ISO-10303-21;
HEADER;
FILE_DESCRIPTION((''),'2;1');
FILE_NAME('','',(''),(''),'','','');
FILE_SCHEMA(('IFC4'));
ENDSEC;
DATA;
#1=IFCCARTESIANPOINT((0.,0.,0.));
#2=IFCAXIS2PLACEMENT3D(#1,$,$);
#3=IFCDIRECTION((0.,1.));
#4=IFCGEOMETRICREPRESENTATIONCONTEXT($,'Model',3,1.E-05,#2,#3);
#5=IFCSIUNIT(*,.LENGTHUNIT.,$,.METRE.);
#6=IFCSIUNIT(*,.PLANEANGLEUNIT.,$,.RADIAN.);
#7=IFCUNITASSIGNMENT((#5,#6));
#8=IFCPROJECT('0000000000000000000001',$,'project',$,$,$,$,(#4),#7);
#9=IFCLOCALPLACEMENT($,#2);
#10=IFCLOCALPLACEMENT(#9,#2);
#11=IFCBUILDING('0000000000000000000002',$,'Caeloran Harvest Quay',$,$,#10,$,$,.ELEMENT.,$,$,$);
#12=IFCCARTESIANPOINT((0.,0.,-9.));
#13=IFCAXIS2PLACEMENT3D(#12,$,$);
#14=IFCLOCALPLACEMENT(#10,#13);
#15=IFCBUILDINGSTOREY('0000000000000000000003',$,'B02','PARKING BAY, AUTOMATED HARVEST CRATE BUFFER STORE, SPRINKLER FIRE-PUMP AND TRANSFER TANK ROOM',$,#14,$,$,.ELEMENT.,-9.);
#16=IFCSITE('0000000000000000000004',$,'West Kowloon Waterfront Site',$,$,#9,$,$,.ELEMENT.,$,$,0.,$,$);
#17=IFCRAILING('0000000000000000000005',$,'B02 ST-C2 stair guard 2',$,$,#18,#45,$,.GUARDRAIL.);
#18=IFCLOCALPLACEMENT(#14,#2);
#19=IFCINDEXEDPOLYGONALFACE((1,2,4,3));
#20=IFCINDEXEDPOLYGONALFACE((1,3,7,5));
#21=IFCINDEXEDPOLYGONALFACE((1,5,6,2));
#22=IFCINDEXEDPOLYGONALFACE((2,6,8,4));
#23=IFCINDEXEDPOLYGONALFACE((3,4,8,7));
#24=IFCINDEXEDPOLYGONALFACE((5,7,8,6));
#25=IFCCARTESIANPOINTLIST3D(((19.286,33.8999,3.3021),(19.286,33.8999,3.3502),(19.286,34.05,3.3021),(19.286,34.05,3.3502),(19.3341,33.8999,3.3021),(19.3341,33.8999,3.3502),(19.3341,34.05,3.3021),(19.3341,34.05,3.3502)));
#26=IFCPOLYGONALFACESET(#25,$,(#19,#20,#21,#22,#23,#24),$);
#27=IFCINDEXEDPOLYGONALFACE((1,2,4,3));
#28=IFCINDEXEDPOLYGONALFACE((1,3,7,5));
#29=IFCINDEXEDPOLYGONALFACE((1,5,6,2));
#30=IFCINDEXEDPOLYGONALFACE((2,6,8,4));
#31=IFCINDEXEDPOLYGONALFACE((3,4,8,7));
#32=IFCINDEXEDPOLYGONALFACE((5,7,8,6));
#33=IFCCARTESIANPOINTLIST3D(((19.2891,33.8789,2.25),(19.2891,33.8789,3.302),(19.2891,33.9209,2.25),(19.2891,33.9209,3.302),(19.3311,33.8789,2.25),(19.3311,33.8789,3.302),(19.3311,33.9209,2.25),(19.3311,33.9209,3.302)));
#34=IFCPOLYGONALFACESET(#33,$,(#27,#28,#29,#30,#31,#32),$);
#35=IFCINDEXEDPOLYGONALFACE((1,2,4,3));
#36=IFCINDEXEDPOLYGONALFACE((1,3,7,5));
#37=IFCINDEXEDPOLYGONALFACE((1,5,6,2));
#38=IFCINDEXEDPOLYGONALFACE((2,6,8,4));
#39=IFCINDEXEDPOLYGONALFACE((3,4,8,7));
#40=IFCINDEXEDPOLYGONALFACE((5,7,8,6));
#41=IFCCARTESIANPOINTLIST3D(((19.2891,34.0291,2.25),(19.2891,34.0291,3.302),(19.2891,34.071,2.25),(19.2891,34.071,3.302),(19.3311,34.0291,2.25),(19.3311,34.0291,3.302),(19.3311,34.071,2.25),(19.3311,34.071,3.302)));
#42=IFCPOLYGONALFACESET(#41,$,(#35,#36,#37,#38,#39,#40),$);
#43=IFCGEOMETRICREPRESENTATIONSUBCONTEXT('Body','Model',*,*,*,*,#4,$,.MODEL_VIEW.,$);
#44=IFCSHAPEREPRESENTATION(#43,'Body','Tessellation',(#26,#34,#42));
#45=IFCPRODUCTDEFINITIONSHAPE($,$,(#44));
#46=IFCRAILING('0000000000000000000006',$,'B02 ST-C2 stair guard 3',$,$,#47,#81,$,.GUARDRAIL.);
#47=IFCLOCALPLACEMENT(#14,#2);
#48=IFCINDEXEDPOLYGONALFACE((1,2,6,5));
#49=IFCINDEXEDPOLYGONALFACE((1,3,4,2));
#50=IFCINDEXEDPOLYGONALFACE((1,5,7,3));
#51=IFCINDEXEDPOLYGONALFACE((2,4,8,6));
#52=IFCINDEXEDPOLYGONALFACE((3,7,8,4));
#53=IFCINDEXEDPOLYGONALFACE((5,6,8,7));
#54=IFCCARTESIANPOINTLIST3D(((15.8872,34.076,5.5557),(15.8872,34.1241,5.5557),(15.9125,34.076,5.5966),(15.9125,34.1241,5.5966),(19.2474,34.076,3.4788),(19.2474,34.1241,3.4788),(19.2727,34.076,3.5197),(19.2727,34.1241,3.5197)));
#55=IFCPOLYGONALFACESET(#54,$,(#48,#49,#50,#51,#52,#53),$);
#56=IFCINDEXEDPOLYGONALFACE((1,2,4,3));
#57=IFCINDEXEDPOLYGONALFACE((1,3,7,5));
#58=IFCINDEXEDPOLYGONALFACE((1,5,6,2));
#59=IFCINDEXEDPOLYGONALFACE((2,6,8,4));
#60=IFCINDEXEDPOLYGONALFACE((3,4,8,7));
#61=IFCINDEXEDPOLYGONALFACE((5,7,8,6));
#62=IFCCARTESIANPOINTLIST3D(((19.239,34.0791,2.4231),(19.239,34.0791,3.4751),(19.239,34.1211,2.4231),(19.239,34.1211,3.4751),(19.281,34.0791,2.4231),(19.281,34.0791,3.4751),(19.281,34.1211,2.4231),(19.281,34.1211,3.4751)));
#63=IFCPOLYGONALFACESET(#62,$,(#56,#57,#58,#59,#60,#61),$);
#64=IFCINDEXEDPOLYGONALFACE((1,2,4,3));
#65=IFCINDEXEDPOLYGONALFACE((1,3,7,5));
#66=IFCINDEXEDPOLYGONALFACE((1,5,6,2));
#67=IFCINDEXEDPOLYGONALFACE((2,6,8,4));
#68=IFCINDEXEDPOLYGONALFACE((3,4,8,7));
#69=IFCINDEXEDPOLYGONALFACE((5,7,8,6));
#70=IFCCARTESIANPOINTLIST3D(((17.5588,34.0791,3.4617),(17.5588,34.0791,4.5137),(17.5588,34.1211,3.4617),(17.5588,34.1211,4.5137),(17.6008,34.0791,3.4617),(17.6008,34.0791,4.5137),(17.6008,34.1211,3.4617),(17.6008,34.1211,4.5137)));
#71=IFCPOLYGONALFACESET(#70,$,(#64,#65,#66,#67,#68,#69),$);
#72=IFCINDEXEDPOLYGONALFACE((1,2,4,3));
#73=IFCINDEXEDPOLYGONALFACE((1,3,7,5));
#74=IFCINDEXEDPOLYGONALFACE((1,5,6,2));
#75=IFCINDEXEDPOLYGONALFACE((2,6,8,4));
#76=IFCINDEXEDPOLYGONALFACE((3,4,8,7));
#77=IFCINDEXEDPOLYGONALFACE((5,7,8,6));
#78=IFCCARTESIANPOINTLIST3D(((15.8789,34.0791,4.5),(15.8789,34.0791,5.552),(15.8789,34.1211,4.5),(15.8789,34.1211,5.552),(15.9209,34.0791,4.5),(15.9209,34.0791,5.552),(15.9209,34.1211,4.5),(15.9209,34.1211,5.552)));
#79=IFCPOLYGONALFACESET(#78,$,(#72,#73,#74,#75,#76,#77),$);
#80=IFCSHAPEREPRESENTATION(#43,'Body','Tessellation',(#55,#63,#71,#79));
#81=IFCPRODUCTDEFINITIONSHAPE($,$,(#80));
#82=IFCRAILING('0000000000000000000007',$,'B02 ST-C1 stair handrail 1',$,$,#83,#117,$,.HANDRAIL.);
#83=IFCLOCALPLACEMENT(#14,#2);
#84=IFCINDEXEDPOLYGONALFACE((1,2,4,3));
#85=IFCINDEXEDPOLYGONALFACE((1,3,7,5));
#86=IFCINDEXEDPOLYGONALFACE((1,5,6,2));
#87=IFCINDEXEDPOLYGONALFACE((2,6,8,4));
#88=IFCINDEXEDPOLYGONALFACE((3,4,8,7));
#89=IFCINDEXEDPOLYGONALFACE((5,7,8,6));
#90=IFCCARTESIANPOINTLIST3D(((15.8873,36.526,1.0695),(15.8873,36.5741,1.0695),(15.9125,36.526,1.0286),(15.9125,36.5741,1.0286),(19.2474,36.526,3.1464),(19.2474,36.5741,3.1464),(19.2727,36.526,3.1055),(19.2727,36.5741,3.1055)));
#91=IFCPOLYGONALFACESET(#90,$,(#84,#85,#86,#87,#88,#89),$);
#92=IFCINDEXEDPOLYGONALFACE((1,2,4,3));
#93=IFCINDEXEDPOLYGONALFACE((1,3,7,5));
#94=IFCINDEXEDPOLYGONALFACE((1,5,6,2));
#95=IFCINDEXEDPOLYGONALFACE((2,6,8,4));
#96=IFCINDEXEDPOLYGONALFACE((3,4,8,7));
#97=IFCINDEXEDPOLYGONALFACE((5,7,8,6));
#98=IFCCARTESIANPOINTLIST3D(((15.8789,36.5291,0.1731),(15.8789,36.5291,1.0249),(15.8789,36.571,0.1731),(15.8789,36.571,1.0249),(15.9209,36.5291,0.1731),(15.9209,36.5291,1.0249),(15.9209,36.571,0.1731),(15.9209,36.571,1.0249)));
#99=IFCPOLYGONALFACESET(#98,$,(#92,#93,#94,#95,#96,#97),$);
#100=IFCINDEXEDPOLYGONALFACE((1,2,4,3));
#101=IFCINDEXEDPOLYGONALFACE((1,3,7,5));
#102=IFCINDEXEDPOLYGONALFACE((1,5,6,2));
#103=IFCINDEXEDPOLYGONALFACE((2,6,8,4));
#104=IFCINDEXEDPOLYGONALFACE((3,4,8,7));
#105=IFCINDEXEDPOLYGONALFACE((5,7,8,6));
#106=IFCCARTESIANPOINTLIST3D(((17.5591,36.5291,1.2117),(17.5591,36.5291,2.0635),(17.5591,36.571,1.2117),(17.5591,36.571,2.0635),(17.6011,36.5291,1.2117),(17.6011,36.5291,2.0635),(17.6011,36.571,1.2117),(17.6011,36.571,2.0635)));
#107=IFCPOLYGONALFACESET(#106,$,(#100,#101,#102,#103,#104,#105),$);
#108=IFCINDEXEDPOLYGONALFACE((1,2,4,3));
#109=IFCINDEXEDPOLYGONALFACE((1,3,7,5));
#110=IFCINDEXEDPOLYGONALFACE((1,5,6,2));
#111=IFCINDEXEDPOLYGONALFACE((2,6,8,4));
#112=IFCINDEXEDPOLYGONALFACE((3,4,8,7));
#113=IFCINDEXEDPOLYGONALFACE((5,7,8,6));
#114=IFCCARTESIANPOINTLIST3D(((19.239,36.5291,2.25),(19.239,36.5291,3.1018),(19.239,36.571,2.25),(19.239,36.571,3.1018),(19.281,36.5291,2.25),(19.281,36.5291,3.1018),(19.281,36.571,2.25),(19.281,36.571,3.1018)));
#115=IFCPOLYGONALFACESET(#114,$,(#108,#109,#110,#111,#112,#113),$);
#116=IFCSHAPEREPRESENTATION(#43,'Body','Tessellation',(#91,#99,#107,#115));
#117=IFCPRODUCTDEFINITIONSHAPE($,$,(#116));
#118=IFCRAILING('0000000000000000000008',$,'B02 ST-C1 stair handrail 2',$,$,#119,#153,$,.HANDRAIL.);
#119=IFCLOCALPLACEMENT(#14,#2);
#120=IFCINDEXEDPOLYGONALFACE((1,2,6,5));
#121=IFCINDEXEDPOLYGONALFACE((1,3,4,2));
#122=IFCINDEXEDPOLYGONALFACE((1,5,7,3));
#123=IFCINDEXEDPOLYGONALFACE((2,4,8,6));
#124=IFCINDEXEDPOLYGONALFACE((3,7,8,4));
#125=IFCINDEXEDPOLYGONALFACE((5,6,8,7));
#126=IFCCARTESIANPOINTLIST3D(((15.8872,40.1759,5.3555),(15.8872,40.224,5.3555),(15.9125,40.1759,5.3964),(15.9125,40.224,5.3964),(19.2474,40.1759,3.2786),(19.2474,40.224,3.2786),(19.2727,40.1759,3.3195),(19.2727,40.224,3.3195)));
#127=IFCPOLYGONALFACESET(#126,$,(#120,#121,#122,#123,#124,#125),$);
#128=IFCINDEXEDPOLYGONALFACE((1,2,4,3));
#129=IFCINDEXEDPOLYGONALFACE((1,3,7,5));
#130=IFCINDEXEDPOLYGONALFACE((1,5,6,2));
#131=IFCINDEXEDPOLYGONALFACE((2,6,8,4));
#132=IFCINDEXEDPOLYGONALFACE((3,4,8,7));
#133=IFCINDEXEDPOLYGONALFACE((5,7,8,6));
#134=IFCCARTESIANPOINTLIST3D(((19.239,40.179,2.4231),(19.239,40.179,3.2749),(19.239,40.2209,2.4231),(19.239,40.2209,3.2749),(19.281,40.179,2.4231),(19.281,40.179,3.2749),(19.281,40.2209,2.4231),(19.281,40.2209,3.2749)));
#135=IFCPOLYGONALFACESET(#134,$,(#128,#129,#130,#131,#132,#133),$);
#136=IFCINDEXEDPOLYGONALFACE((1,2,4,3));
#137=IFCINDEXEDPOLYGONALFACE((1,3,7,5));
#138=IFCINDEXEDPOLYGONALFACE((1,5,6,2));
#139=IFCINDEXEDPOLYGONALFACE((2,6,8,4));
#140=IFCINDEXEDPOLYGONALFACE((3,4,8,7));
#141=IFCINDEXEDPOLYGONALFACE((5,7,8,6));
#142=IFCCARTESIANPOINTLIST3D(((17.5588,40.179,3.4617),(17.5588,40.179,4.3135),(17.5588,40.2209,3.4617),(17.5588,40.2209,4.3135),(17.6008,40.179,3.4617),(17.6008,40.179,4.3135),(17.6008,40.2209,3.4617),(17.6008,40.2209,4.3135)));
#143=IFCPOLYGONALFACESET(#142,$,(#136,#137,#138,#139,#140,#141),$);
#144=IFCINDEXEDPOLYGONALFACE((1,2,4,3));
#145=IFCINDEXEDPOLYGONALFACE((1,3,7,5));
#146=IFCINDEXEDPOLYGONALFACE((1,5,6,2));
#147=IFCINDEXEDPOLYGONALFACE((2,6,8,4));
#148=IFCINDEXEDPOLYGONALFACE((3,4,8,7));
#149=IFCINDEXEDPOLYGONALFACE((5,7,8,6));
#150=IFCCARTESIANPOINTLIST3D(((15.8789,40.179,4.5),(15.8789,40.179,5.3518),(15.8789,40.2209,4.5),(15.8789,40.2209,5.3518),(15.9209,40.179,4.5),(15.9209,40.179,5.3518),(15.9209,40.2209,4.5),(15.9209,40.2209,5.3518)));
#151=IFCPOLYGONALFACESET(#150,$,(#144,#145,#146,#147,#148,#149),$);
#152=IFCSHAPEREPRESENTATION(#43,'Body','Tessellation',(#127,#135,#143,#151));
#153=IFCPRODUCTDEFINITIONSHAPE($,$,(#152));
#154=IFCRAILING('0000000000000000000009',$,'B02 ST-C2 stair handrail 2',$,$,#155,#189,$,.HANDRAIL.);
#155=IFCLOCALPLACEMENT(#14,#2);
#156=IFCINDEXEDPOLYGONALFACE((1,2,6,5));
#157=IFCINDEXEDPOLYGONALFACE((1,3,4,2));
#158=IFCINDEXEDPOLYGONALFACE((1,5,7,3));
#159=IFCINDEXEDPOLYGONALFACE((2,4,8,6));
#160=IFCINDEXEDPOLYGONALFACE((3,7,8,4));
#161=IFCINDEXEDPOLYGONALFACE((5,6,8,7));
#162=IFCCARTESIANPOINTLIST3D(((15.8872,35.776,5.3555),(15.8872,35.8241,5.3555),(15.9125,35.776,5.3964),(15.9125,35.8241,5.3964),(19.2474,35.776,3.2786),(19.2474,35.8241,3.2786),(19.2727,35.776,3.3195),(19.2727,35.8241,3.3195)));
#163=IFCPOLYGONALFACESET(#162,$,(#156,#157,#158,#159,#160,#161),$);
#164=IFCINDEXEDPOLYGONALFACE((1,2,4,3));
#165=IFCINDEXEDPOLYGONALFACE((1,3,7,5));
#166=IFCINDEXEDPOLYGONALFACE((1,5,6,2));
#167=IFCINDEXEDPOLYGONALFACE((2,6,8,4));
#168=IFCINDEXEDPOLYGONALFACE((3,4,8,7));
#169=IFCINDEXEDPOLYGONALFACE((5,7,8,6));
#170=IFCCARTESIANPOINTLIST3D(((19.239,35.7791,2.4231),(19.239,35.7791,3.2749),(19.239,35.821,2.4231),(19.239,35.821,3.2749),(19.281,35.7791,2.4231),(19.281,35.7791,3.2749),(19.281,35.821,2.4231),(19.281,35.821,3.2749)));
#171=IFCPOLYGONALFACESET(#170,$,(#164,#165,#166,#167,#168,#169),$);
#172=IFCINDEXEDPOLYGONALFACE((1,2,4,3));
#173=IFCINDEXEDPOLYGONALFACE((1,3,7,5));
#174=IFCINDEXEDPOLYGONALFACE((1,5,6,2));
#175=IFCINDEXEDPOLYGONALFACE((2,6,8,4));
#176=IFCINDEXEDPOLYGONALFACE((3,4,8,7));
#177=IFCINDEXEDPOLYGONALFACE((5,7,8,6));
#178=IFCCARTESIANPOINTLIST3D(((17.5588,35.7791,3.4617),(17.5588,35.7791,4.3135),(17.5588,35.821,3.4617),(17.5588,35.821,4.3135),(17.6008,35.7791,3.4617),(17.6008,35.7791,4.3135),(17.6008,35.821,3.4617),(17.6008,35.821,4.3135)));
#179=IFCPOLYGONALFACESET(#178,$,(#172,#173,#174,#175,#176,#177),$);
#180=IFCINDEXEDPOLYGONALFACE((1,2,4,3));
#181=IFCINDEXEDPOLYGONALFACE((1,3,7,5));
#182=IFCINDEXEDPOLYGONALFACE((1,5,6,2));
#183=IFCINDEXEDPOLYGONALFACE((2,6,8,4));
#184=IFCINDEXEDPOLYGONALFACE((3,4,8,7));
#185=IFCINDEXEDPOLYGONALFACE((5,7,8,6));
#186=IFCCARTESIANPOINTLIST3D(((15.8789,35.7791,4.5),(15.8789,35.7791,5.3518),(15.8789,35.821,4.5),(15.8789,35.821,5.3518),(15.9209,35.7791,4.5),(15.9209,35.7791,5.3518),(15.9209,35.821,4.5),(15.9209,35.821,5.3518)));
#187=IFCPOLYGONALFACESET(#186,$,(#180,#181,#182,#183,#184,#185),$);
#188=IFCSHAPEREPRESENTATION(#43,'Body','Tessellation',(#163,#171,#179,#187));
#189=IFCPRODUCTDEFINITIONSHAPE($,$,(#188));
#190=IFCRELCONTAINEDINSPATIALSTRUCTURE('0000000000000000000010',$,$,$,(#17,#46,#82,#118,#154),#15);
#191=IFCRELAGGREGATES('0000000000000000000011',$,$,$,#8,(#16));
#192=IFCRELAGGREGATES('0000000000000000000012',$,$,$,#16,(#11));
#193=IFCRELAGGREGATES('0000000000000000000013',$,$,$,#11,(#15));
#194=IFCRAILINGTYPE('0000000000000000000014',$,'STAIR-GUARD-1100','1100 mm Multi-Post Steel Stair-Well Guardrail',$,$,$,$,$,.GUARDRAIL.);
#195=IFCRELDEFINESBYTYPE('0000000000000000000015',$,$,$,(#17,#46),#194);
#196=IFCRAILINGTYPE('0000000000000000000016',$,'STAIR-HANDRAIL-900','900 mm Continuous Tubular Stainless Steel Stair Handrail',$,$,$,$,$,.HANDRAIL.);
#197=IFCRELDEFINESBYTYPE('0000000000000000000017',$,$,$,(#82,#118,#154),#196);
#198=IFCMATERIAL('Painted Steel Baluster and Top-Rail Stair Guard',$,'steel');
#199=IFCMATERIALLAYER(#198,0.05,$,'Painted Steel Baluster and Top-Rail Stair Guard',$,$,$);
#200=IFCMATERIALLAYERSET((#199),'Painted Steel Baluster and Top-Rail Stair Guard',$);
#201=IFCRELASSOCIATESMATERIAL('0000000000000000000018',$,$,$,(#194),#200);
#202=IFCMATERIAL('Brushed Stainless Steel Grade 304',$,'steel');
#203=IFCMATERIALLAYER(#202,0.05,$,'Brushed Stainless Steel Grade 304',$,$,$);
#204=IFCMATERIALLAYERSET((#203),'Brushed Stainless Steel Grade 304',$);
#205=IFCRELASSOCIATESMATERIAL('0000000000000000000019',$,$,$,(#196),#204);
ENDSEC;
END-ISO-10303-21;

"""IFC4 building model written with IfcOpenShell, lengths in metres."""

from ifc_helpers import new_model, si_unit, direction, frame, origin, origin_2d, place, context, subcontext, project, spatial, rectangle, extrude, material, layer, layer_set, type_object, element, save


model = new_model("IFC4")

# Units and contexts
model_context = context("Model", 3, precision=1e-05, world=origin(), true_north=direction((0.0, 1.0)))
body_context = subcontext(model_context, "Body", "Model", "MODEL_VIEW")
ifc_project = project(units=[si_unit("LENGTHUNIT", "METRE"), si_unit("PLANEANGLEUNIT", "RADIAN")], contexts=[model_context])

# Site, building, storey
site_placement = place(None, origin())
site = spatial("IfcSite", under=ifc_project, at=site_placement, Name="West Kowloon Waterfront Site", CompositionType="ELEMENT", RefElevation=0.0)
building_placement = place(site_placement, origin())
building = spatial("IfcBuilding", under=site, at=building_placement, Name="Caeloran Harvest Quay", CompositionType="ELEMENT")
storey_placement = place(building_placement, frame((0.0, 0.0, -9.0)))
storey = spatial("IfcBuildingStorey", under=building, at=storey_placement, Name="B02", Description="PARKING BAY, AUTOMATED HARVEST CRATE BUFFER STORE, SPRINKLER FIRE-PUMP AND TRANSFER TANK ROOM", CompositionType="ELEMENT", Elevation=-9.0)

# Railings
ifc_material_1 = material(Name="Painted Steel Baluster and Top-Rail Stair Guard", Category="steel")
ifc_layer_1 = layer(ifc_material_1, 0.05, Name="Painted Steel Baluster and Top-Rail Stair Guard")
ifc_layer_set_1 = layer_set([ifc_layer_1], Name="Painted Steel Baluster and Top-Rail Stair Guard")
railing_type_1 = type_object("IfcRailingType", Name="STAIR-GUARD-1100", Description="1100 mm Multi-Post Steel Stair-Well Guardrail", PredefinedType="GUARDRAIL", material=ifc_layer_set_1)
railing_1_placement = place(storey_placement, frame((19.3101, 33.8999, 2.25)))
element("IfcRailing", 1, at=railing_1_placement, inside=storey, type_object=railing_type_1, Name="B02 ST-C2 stair guard 2", PredefinedType="GUARDRAIL", context=body_context, shape_type="SweptSolid", body=[
    extrude(rectangle(XDim=0.0481, YDim=0.0481, at=origin_2d()), frame((0.0, 0.0, 1.0762), z_axis=(0.0, 1.0, 0.0), x_axis=(-1.0, 0.0, 0.0)), (0.0, 0.0, 1.0), 0.1501),
    extrude(rectangle(XDim=0.042, YDim=0.042, at=origin_2d()), origin(), (0.0, 0.0, 1.0), 1.052),
    extrude(rectangle(XDim=0.042, YDim=0.042, at=origin_2d()), frame((0.0, 0.1501, 0.0)), (0.0, 0.0, 1.0), 1.052),
])
railing_2_placement = place(storey_placement, frame((19.26, 34.1001, 2.4231)))
element("IfcRailing", 2, at=railing_2_placement, inside=storey, type_object=railing_type_1, Name="B02 ST-C2 stair guard 3", PredefinedType="GUARDRAIL", context=body_context, shape_type="SweptSolid", body=[
    extrude(rectangle(XDim=0.0481, YDim=0.0481, at=origin_2d()), frame((0.0, 0.0, 1.0762), z_axis=(-0.850623, 0.0, 0.525776), x_axis=(0.0, -1.0, 0.0)), (0.0, 0.0, 1.0), 3.9502),
    extrude(rectangle(XDim=0.042, YDim=0.042, at=origin_2d()), origin(), (0.0, 0.0, 1.0), 1.052),
    extrude(rectangle(XDim=0.042, YDim=0.042, at=origin_2d()), frame((-1.6802, 0.0, 1.0386)), (0.0, 0.0, 1.0), 1.052),
    extrude(rectangle(XDim=0.042, YDim=0.042, at=origin_2d()), frame((-3.3601, 0.0, 2.0769)), (0.0, 0.0, 1.0), 1.052),
])
ifc_material_2 = material(Name="Brushed Stainless Steel Grade 304", Category="steel")
ifc_layer_2 = layer(ifc_material_2, 0.05, Name="Brushed Stainless Steel Grade 304")
ifc_layer_set_2 = layer_set([ifc_layer_2], Name="Brushed Stainless Steel Grade 304")
railing_type_2 = type_object("IfcRailingType", Name="STAIR-HANDRAIL-900", Description="900 mm Continuous Tubular Stainless Steel Stair Handrail", PredefinedType="HANDRAIL", material=ifc_layer_set_2)
railing_3_placement = place(storey_placement, frame((15.8999, 36.55, 0.1731)))
element("IfcRailing", 3, at=railing_3_placement, inside=storey, type_object=railing_type_2, Name="B02 ST-C1 stair handrail 1", PredefinedType="HANDRAIL", context=body_context, shape_type="SweptSolid", body=[
    extrude(rectangle(XDim=0.0481, YDim=0.0481, at=origin_2d()), frame((0.0, 0.0, 0.876), z_axis=(0.850623, 0.0, 0.525776), x_axis=(0.0, 1.0, 0.0)), (0.0, 0.0, 1.0), 3.9502),
    extrude(rectangle(XDim=0.042, YDim=0.042, at=origin_2d()), origin(), (0.0, 0.0, 1.0), 0.8518),
    extrude(rectangle(XDim=0.042, YDim=0.042, at=origin_2d()), frame((1.6802, 0.0, 1.0386)), (0.0, 0.0, 1.0), 0.8518),
    extrude(rectangle(XDim=0.042, YDim=0.042, at=origin_2d()), frame((3.3601, 0.0, 2.0769)), (0.0, 0.0, 1.0), 0.8518),
])
for number, where, name in (
    (4, (19.26, 40.2, 2.4231), "B02 ST-C1 stair handrail 2"),
    (5, (19.26, 35.8, 2.4231), "B02 ST-C2 stair handrail 2"),
):
    element("IfcRailing", number, at=place(storey_placement, frame(where)), inside=storey, type_object=railing_type_2, Name=name, PredefinedType="HANDRAIL", context=body_context, shape_type="SweptSolid", body=[
        extrude(rectangle(XDim=0.0481, YDim=0.0481, at=origin_2d()), frame((0.0, 0.0, 0.876), z_axis=(-0.850623, 0.0, 0.525776), x_axis=(0.0, -1.0, 0.0)), (0.0, 0.0, 1.0), 3.9502),
        extrude(rectangle(XDim=0.042, YDim=0.042, at=origin_2d()), origin(), (0.0, 0.0, 1.0), 0.8518),
        extrude(rectangle(XDim=0.042, YDim=0.042, at=origin_2d()), frame((-1.6802, 0.0, 1.0386)), (0.0, 0.0, 1.0), 0.8518),
        extrude(rectangle(XDim=0.042, YDim=0.042, at=origin_2d()), frame((-3.3601, 0.0, 2.0769)), (0.0, 0.0, 1.0), 0.8518),
    ])

save(model, "model.ifc")
